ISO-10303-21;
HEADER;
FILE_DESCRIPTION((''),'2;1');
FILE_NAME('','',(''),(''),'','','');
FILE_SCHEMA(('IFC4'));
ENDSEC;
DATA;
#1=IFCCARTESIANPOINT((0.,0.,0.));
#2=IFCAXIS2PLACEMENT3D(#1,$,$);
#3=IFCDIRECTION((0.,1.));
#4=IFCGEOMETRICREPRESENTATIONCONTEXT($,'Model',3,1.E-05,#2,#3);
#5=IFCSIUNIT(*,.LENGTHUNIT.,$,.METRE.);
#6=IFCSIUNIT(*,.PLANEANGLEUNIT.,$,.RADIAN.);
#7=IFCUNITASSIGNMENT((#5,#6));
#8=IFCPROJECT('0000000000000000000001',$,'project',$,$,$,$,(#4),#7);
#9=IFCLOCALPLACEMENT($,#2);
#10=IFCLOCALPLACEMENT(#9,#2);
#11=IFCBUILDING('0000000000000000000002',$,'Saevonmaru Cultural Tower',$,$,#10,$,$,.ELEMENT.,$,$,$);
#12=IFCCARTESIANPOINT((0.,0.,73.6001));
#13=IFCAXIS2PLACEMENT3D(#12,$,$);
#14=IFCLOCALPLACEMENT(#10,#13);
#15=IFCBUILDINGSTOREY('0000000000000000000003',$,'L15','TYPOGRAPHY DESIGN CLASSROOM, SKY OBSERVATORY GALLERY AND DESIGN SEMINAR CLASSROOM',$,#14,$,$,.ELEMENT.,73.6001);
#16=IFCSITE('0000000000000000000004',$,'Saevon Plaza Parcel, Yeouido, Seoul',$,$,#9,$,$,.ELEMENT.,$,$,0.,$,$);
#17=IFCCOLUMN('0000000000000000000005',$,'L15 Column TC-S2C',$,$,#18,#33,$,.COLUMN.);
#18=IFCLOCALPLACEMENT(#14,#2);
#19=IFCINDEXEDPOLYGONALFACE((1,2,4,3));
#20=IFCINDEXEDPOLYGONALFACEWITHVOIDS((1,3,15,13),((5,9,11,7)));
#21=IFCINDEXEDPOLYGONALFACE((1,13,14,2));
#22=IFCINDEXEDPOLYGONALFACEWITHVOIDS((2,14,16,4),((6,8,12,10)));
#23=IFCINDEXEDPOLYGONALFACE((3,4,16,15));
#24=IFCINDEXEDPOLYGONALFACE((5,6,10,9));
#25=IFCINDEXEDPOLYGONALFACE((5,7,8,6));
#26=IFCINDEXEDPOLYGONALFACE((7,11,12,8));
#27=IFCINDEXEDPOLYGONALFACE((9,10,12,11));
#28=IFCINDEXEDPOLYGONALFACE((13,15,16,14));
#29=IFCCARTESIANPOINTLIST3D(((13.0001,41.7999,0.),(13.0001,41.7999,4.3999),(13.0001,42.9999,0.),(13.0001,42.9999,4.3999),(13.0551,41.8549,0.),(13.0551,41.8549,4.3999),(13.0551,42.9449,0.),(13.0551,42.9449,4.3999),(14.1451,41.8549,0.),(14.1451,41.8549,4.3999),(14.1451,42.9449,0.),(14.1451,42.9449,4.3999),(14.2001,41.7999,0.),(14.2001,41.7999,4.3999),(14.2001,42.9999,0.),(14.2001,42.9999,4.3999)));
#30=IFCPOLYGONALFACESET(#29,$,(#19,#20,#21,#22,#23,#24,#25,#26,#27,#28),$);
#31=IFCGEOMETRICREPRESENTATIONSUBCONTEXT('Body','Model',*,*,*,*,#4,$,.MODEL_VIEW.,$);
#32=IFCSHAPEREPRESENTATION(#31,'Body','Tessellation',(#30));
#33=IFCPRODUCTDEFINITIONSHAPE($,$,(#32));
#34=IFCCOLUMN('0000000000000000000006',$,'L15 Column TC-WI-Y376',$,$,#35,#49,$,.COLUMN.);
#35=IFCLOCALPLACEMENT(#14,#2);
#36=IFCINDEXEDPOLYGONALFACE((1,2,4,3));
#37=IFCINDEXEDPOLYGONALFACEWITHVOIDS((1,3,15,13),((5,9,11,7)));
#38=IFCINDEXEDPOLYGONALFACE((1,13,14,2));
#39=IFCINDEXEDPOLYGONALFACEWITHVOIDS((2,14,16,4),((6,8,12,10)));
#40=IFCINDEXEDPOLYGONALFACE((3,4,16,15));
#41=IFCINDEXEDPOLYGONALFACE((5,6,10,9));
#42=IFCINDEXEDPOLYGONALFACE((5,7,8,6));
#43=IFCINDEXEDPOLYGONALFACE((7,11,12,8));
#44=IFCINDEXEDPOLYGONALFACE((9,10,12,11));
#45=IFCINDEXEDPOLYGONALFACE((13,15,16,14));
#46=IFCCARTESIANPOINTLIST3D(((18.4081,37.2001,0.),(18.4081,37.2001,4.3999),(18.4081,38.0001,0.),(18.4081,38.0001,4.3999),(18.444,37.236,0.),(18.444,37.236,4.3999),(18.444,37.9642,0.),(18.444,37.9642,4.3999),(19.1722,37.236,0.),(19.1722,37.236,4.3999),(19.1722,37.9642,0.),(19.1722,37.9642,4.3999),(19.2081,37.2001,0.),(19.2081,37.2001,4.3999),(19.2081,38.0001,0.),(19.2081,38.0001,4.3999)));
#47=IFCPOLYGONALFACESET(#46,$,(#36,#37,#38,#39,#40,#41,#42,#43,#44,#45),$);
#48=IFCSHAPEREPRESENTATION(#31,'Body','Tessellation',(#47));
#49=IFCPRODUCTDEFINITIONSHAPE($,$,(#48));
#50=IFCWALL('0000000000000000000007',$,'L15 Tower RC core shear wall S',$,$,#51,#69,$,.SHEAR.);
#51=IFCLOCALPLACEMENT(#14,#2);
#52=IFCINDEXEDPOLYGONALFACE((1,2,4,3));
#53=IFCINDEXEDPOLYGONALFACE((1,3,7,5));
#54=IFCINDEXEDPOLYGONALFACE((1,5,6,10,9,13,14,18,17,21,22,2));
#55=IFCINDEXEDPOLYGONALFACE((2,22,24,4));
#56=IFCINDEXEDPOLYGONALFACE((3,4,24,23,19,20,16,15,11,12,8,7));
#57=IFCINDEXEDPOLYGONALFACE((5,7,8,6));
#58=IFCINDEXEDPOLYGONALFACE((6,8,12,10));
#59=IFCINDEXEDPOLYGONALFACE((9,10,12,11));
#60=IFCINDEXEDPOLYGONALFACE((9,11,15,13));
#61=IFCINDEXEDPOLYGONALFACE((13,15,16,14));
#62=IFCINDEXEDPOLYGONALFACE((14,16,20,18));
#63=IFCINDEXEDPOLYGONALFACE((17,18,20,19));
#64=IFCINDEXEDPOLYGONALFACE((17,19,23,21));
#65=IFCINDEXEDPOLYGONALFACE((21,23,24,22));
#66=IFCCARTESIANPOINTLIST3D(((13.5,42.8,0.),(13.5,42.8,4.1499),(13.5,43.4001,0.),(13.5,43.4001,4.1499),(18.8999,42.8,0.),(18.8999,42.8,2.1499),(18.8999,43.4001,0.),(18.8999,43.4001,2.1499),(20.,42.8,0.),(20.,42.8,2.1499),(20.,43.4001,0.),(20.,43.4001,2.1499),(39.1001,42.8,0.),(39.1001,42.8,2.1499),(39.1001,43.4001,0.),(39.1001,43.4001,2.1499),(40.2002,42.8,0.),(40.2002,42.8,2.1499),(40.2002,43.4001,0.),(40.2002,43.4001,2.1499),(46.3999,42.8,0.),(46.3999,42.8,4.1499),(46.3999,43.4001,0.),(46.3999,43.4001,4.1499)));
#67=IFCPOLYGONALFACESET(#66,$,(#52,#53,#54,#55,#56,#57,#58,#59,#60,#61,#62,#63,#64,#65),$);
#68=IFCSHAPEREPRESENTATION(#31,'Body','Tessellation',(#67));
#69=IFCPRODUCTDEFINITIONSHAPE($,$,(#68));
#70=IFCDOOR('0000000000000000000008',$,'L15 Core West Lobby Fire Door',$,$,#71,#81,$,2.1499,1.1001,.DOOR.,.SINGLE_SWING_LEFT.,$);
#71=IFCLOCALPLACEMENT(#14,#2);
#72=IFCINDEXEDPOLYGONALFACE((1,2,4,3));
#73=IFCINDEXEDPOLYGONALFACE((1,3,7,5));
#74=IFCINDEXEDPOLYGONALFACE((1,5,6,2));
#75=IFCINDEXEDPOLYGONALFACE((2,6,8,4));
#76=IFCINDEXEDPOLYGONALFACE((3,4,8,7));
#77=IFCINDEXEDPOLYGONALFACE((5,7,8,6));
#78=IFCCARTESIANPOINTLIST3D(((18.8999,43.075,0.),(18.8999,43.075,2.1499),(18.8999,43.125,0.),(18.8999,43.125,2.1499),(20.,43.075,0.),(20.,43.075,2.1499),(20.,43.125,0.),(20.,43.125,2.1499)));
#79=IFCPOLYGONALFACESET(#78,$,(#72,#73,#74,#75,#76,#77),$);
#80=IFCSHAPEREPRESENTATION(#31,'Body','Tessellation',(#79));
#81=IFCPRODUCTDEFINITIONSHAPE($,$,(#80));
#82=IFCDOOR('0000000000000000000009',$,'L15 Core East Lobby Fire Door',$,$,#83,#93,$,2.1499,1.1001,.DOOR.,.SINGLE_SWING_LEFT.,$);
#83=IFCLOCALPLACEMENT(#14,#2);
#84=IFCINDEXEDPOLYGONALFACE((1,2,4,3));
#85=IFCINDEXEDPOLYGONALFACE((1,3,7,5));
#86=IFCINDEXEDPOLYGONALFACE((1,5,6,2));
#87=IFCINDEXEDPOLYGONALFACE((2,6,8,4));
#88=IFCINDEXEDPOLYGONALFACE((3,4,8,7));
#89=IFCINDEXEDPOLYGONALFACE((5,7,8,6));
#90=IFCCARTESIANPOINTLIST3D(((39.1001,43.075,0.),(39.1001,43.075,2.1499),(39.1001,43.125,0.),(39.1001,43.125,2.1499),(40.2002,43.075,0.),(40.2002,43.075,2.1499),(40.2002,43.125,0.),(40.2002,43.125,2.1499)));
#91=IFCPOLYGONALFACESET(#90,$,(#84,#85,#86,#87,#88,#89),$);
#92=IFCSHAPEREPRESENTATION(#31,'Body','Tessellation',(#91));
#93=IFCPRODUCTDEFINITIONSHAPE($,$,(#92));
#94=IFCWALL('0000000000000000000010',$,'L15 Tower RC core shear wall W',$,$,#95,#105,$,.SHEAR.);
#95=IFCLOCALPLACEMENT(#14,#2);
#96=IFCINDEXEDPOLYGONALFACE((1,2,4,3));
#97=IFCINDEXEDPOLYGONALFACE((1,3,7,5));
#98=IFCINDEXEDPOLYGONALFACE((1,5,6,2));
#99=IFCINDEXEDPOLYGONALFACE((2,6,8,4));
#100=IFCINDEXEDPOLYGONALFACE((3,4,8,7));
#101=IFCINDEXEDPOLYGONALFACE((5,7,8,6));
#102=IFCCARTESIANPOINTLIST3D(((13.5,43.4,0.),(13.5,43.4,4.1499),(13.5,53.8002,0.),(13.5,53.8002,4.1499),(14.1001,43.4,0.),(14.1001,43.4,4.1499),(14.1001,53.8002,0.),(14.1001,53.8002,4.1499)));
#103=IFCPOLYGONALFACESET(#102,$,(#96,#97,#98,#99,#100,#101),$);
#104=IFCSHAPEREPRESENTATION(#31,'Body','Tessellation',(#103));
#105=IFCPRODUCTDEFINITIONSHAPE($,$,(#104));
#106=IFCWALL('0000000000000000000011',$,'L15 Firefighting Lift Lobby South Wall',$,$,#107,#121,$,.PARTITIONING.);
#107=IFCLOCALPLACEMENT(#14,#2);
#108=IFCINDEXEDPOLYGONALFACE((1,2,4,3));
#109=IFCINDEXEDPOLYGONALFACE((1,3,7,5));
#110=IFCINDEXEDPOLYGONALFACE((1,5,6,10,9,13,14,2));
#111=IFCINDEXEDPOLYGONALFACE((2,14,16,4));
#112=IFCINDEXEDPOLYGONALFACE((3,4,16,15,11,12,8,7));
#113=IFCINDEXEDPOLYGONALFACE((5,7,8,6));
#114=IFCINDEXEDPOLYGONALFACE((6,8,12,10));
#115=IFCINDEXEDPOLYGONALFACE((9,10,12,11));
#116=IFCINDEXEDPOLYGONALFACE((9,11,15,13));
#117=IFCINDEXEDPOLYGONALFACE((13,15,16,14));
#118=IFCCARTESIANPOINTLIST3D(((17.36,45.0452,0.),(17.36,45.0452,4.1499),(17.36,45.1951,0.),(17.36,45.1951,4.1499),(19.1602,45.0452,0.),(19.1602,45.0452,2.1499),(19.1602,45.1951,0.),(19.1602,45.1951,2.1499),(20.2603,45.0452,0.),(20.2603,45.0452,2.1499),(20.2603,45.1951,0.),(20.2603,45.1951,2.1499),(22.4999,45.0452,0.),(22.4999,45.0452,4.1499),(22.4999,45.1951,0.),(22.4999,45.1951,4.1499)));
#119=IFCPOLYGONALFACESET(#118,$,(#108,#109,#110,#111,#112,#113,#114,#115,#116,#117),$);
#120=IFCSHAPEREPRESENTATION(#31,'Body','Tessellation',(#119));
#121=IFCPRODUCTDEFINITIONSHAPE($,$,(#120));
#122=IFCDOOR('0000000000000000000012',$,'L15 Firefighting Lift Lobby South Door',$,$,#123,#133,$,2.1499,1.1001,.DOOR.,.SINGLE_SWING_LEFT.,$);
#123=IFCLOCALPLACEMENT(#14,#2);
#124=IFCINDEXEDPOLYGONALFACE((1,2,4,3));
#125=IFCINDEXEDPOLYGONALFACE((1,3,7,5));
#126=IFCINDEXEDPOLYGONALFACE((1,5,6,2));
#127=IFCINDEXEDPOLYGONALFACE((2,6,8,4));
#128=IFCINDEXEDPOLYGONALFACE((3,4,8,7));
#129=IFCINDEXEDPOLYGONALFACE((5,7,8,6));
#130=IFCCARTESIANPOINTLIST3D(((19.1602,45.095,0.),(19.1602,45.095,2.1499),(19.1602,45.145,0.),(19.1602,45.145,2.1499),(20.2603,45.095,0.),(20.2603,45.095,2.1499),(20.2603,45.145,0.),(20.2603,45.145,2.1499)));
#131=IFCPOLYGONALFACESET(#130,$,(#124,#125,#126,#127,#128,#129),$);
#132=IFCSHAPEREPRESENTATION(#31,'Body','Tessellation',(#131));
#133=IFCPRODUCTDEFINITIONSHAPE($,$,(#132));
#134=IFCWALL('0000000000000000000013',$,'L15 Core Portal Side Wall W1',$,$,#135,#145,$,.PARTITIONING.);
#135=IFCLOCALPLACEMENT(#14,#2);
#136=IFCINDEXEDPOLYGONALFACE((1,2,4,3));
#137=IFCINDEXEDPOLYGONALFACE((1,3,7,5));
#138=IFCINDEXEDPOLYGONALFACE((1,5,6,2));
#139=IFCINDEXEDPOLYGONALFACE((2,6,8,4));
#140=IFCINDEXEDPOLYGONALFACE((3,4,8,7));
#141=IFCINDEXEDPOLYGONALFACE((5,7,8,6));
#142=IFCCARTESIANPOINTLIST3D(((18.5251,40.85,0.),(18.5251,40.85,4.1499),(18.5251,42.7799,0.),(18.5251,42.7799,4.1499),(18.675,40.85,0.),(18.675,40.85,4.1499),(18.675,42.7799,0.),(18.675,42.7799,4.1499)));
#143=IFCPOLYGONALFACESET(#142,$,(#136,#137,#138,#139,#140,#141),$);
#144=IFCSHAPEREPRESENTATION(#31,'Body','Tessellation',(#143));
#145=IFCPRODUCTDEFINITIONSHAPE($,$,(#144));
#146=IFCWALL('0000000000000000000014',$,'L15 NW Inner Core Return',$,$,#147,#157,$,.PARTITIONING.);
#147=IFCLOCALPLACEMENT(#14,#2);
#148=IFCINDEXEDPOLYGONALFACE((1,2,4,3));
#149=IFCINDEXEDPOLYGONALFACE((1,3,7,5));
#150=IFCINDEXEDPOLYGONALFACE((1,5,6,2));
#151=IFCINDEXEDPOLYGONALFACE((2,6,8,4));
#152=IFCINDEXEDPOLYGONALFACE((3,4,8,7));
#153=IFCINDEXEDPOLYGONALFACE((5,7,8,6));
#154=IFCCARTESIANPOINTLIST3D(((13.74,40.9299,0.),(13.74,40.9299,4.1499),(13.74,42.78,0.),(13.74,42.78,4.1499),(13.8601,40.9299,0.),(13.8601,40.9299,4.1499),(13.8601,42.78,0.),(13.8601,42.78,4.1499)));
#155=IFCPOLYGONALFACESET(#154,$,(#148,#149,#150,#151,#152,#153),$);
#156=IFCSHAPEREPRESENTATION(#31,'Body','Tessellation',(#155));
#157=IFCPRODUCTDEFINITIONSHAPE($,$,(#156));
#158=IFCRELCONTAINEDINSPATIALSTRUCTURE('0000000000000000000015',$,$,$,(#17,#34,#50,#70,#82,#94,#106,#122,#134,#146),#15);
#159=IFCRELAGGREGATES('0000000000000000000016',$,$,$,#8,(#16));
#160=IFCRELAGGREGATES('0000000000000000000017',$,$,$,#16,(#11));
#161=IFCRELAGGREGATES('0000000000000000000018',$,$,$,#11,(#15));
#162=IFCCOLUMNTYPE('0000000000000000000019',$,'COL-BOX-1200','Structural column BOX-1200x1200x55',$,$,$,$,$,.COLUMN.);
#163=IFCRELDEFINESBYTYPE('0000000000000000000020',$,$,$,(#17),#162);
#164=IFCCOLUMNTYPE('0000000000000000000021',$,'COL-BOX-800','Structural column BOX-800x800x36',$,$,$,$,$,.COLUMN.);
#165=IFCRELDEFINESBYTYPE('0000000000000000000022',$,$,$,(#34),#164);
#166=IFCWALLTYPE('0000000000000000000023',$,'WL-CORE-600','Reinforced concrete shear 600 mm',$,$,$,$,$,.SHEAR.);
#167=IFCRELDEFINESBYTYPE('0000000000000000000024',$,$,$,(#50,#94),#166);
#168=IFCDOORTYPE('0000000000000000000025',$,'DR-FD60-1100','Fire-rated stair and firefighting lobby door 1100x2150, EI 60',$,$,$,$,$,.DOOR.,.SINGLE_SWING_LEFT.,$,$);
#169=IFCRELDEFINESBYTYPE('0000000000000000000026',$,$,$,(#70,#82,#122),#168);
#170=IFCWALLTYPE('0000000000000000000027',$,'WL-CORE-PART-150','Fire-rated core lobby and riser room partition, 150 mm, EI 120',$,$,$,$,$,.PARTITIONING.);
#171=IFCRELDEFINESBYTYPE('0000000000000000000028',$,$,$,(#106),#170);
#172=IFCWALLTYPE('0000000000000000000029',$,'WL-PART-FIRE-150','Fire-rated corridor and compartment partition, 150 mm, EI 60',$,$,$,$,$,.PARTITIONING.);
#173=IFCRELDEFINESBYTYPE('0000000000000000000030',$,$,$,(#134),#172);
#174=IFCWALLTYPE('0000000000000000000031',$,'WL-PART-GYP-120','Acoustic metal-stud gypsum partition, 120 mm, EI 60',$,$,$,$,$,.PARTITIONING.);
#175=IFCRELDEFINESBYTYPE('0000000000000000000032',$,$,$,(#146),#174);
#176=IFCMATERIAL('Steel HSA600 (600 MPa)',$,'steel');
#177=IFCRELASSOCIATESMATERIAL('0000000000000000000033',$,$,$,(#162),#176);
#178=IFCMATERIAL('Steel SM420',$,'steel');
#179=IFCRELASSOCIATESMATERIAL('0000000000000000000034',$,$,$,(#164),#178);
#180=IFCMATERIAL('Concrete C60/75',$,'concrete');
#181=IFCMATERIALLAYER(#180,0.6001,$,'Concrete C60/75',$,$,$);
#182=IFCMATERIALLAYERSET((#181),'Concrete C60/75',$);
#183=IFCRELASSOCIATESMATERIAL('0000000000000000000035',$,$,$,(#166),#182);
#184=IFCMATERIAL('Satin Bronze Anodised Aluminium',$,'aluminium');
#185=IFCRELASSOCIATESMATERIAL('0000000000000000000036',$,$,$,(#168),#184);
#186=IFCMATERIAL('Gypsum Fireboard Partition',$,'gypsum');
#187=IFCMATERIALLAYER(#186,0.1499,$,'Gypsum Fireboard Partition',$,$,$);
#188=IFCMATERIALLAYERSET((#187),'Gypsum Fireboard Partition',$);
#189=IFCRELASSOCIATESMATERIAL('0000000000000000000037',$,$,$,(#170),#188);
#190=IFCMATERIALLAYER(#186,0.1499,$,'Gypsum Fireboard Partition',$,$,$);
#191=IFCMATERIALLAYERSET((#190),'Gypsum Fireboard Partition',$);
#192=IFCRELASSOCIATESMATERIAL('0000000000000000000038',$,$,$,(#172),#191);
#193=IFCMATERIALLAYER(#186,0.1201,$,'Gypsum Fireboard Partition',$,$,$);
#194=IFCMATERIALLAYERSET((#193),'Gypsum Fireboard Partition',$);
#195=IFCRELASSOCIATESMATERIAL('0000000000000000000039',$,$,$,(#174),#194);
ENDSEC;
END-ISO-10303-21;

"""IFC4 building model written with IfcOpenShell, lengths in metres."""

from ifc_helpers import new_model, si_unit, direction, frame, frame_2d, origin, origin_2d, place, context, subcontext, project, spatial, rectangle, hollow_rectangle, extrude, material, layer, layer_set, material_profile, profile_set, type_object, element, fill, save


model = new_model("IFC4")

# Units and contexts
model_context = context("Model", 3, precision=1e-05, world=origin(), true_north=direction((0.0, 1.0)))
body_context = subcontext(model_context, "Body", "Model", "MODEL_VIEW")
ifc_project = project(units=[si_unit("LENGTHUNIT", "METRE"), si_unit("PLANEANGLEUNIT", "RADIAN")], contexts=[model_context])

# Site, building, storey
site_placement = place(None, origin())
site = spatial("IfcSite", under=ifc_project, at=site_placement, Name="Saevon Plaza Parcel, Yeouido, Seoul", CompositionType="ELEMENT", RefElevation=0.0)
building_placement = place(site_placement, origin())
building = spatial("IfcBuilding", under=site, at=building_placement, Name="Saevonmaru Cultural Tower", CompositionType="ELEMENT")
storey_placement = place(building_placement, frame((0.0, 0.0, 73.6001)))
storey = spatial("IfcBuildingStorey", under=building, at=storey_placement, Name="L15", Description="TYPOGRAPHY DESIGN CLASSROOM, SKY OBSERVATORY GALLERY AND DESIGN SEMINAR CLASSROOM", CompositionType="ELEMENT", Elevation=73.6001)

# Columns
ifc_material_1 = material(Name="Steel HSA600 (600 MPa)", Category="steel")
ifc_material_profile_1 = material_profile(ifc_material_1, hollow_rectangle(XDim=1.2, YDim=1.2, WallThickness=0.0549, at=origin_2d()), Name="BOX-1200x1200x55")
ifc_profile_set_1 = profile_set([ifc_material_profile_1], Name="Steel HSA600 (600 MPa)")
column_type_1 = type_object("IfcColumnType", Name="COL-BOX-1200", Description="Structural column BOX-1200x1200x55", PredefinedType="COLUMN", material=ifc_profile_set_1)
column_1_placement = place(storey_placement, frame((13.6001, 42.3999, 0.0), z_axis=(0.0, 0.0, 1.0), x_axis=(1.0, 0.0, 0.0)))
element("IfcColumn", 1, at=column_1_placement, inside=storey, type_object=column_type_1, Name="L15 Column TC-S2C", PredefinedType="COLUMN", context=body_context, shape_type="SweptSolid", body=[
    extrude(hollow_rectangle(XDim=1.2, YDim=1.2, WallThickness=0.0549, at=origin_2d()), origin(), (0.0, 0.0, 1.0), 4.3999),
])
ifc_material_2 = material(Name="Steel SM420", Category="steel")
ifc_material_profile_2 = material_profile(ifc_material_2, hollow_rectangle(XDim=0.8, YDim=0.8, WallThickness=0.0359, at=origin_2d()), Name="BOX-800x800x36")
ifc_profile_set_2 = profile_set([ifc_material_profile_2], Name="Steel SM420")
column_type_2 = type_object("IfcColumnType", Name="COL-BOX-800", Description="Structural column BOX-800x800x36", PredefinedType="COLUMN", material=ifc_profile_set_2)
column_2_placement = place(storey_placement, frame((18.8081, 37.6001, 0.0), z_axis=(0.0, 0.0, 1.0), x_axis=(1.0, 0.0, 0.0)))
element("IfcColumn", 2, at=column_2_placement, inside=storey, type_object=column_type_2, Name="L15 Column TC-WI-Y376", PredefinedType="COLUMN", context=body_context, shape_type="SweptSolid", body=[
    extrude(hollow_rectangle(XDim=0.8, YDim=0.8, WallThickness=0.0359, at=origin_2d()), origin(), (0.0, 0.0, 1.0), 4.3999),
])

# Wall, openings, doors
ifc_material_3 = material(Name="Concrete C60/75", Category="concrete")
ifc_layer_1 = layer(ifc_material_3, 0.6001, Name="Concrete C60/75")
ifc_layer_set_1 = layer_set([ifc_layer_1], Name="Concrete C60/75")
wall_type_1 = type_object("IfcWallType", Name="WL-CORE-600", Description="Reinforced concrete shear 600 mm", PredefinedType="SHEAR", material=ifc_layer_set_1)
wall_1_placement = place(storey_placement, frame((13.5, 43.1001, 0.0), z_axis=(0.0, 0.0, 1.0), x_axis=(1.0, 0.0, 0.0)))
wall_1 = element("IfcWall", 3, at=wall_1_placement, inside=storey, type_object=wall_type_1, Name="L15 Tower RC core shear wall S", PredefinedType="SHEAR", context=body_context, shape_type="SweptSolid", body=[
    extrude(rectangle(XDim=32.8999, YDim=0.6001, at=frame_2d((16.45, 0.0))), origin(), (0.0, 0.0, 1.0), 4.1499),
])
opening_1_placement = place(wall_1_placement, frame((5.3999, 0.0, 0.0)))
opening_1 = element("IfcOpeningElement", 4, at=opening_1_placement, cuts=wall_1, PredefinedType="OPENING", context=body_context, shape_type="SweptSolid", body=[
    extrude(rectangle(XDim=1.1001, YDim=2.1499, at=frame_2d((0.55, 1.075))), frame((0.0, 0.3101, 0.0), z_axis=(0.0, -1.0, 0.0), x_axis=(1.0, 0.0, 0.0)), (0.0, 0.0, 1.0), 0.6201),
])
opening_2_placement = place(wall_1_placement, frame((25.6001, 0.0, 0.0)))
opening_2 = element("IfcOpeningElement", 5, at=opening_2_placement, cuts=wall_1, PredefinedType="OPENING", context=body_context, shape_type="SweptSolid", body=[
    extrude(rectangle(XDim=1.1001, YDim=2.1499, at=frame_2d((0.55, 1.075))), frame((0.0, 0.3101, 0.0), z_axis=(0.0, -1.0, 0.0), x_axis=(1.0, 0.0, 0.0)), (0.0, 0.0, 1.0), 0.6201),
])
ifc_material_4 = material(Name="Satin Bronze Anodised Aluminium", Category="aluminium")
door_type_1 = type_object("IfcDoorType", Name="DR-FD60-1100", Description="Fire-rated stair and firefighting lobby door 1100x2150, EI 60", OperationType="SINGLE_SWING_LEFT", PredefinedType="DOOR", material=ifc_material_4)
door_1_placement = place(opening_1_placement, origin())
door_1 = element("IfcDoor", 6, at=door_1_placement, inside=storey, type_object=door_type_1, Name="L15 Core West Lobby Fire Door", OperationType="SINGLE_SWING_LEFT", OverallHeight=2.1499, OverallWidth=1.1001, PredefinedType="DOOR", context=body_context, shape_type="SweptSolid", body=[
    extrude(rectangle(XDim=1.1001, YDim=2.1499, at=frame_2d((0.55, 1.075))), frame((0.0, 0.0249, 0.0), z_axis=(0.0, -1.0, 0.0), x_axis=(1.0, 0.0, 0.0)), (0.0, 0.0, 1.0), 0.05),
])
fill(opening_1, door_1)
door_2_placement = place(opening_2_placement, origin())
door_2 = element("IfcDoor", 7, at=door_2_placement, inside=storey, type_object=door_type_1, Name="L15 Core East Lobby Fire Door", OperationType="SINGLE_SWING_LEFT", OverallHeight=2.1499, OverallWidth=1.1001, PredefinedType="DOOR", context=body_context, shape_type="SweptSolid", body=[
    extrude(rectangle(XDim=1.1001, YDim=2.1499, at=frame_2d((0.55, 1.075))), frame((0.0, 0.0249, 0.0), z_axis=(0.0, -1.0, 0.0), x_axis=(1.0, 0.0, 0.0)), (0.0, 0.0, 1.0), 0.05),
])
fill(opening_2, door_2)

# Wall
wall_2_placement = place(storey_placement, frame((13.8, 43.3999, 0.0), z_axis=(0.0, 0.0, 1.0), x_axis=(0.0, 1.0, 0.0)))
element("IfcWall", 8, at=wall_2_placement, inside=storey, type_object=wall_type_1, Name="L15 Tower RC core shear wall W", PredefinedType="SHEAR", context=body_context, shape_type="SweptSolid", body=[
    extrude(rectangle(XDim=10.4001, YDim=0.6001, at=frame_2d((5.2002, 0.0))), origin(), (0.0, 0.0, 1.0), 4.1499),
])

# Wall, opening, door
ifc_material_5 = material(Name="Gypsum Fireboard Partition", Category="gypsum")
ifc_layer_2 = layer(ifc_material_5, 0.1499, Name="Gypsum Fireboard Partition")
ifc_layer_set_2 = layer_set([ifc_layer_2], Name="Gypsum Fireboard Partition")
wall_type_2 = type_object("IfcWallType", Name="WL-CORE-PART-150", Description="Fire-rated core lobby and riser room partition, 150 mm, EI 120", PredefinedType="PARTITIONING", material=ifc_layer_set_2)
wall_3_placement = place(storey_placement, frame((17.3601, 45.1201, 0.0), z_axis=(0.0, 0.0, 1.0), x_axis=(1.0, 0.0, 0.0)))
wall_3 = element("IfcWall", 9, at=wall_3_placement, inside=storey, type_object=wall_type_2, Name="L15 Firefighting Lift Lobby South Wall", PredefinedType="PARTITIONING", context=body_context, shape_type="SweptSolid", body=[
    extrude(rectangle(XDim=5.1399, YDim=0.1499, at=frame_2d((2.5698, 0.0))), origin(), (0.0, 0.0, 1.0), 4.1499),
])
opening_3_placement = place(wall_3_placement, frame((1.8, 0.0, 0.0)))
opening_3 = element("IfcOpeningElement", 10, at=opening_3_placement, cuts=wall_3, PredefinedType="OPENING", context=body_context, shape_type="SweptSolid", body=[
    extrude(rectangle(XDim=1.1001, YDim=2.1499, at=frame_2d((0.55, 1.075))), frame((0.0, 0.085, 0.0), z_axis=(0.0, -1.0, 0.0), x_axis=(1.0, 0.0, 0.0)), (0.0, 0.0, 1.0), 0.1699),
])
door_3_placement = place(opening_3_placement, origin())
door_3 = element("IfcDoor", 11, at=door_3_placement, inside=storey, type_object=door_type_1, Name="L15 Firefighting Lift Lobby South Door", OperationType="SINGLE_SWING_LEFT", OverallHeight=2.1499, OverallWidth=1.1001, PredefinedType="DOOR", context=body_context, shape_type="SweptSolid", body=[
    extrude(rectangle(XDim=1.1001, YDim=2.1499, at=frame_2d((0.55, 1.075))), frame((0.0, 0.0249, 0.0), z_axis=(0.0, -1.0, 0.0), x_axis=(1.0, 0.0, 0.0)), (0.0, 0.0, 1.0), 0.05),
])
fill(opening_3, door_3)

# Walls
ifc_layer_3 = layer(ifc_material_5, 0.1499, Name="Gypsum Fireboard Partition")
ifc_layer_set_3 = layer_set([ifc_layer_3], Name="Gypsum Fireboard Partition")
wall_type_3 = type_object("IfcWallType", Name="WL-PART-FIRE-150", Description="Fire-rated corridor and compartment partition, 150 mm, EI 60", PredefinedType="PARTITIONING", material=ifc_layer_set_3)
wall_4_placement = place(storey_placement, frame((18.6001, 40.8501, 0.0), z_axis=(0.0, 0.0, 1.0), x_axis=(0.0, 1.0, 0.0)))
element("IfcWall", 12, at=wall_4_placement, inside=storey, type_object=wall_type_3, Name="L15 Core Portal Side Wall W1", PredefinedType="PARTITIONING", context=body_context, shape_type="SweptSolid", body=[
    extrude(rectangle(XDim=1.9299, YDim=0.1499, at=frame_2d((0.9648, 0.0))), origin(), (0.0, 0.0, 1.0), 4.1499),
])
ifc_layer_4 = layer(ifc_material_5, 0.1201, Name="Gypsum Fireboard Partition")
ifc_layer_set_4 = layer_set([ifc_layer_4], Name="Gypsum Fireboard Partition")
wall_type_4 = type_object("IfcWallType", Name="WL-PART-GYP-120", Description="Acoustic metal-stud gypsum partition, 120 mm, EI 60", PredefinedType="PARTITIONING", material=ifc_layer_set_4)
wall_5_placement = place(storey_placement, frame((13.8, 40.9299, 0.0), z_axis=(0.0, 0.0, 1.0), x_axis=(0.0, 1.0, 0.0)))
element("IfcWall", 13, at=wall_5_placement, inside=storey, type_object=wall_type_4, Name="L15 NW Inner Core Return", PredefinedType="PARTITIONING", context=body_context, shape_type="SweptSolid", body=[
    extrude(rectangle(XDim=1.8501, YDim=0.1201, at=frame_2d((0.925, 0.0))), origin(), (0.0, 0.0, 1.0), 4.1499),
])

save(model, "model.ifc")
